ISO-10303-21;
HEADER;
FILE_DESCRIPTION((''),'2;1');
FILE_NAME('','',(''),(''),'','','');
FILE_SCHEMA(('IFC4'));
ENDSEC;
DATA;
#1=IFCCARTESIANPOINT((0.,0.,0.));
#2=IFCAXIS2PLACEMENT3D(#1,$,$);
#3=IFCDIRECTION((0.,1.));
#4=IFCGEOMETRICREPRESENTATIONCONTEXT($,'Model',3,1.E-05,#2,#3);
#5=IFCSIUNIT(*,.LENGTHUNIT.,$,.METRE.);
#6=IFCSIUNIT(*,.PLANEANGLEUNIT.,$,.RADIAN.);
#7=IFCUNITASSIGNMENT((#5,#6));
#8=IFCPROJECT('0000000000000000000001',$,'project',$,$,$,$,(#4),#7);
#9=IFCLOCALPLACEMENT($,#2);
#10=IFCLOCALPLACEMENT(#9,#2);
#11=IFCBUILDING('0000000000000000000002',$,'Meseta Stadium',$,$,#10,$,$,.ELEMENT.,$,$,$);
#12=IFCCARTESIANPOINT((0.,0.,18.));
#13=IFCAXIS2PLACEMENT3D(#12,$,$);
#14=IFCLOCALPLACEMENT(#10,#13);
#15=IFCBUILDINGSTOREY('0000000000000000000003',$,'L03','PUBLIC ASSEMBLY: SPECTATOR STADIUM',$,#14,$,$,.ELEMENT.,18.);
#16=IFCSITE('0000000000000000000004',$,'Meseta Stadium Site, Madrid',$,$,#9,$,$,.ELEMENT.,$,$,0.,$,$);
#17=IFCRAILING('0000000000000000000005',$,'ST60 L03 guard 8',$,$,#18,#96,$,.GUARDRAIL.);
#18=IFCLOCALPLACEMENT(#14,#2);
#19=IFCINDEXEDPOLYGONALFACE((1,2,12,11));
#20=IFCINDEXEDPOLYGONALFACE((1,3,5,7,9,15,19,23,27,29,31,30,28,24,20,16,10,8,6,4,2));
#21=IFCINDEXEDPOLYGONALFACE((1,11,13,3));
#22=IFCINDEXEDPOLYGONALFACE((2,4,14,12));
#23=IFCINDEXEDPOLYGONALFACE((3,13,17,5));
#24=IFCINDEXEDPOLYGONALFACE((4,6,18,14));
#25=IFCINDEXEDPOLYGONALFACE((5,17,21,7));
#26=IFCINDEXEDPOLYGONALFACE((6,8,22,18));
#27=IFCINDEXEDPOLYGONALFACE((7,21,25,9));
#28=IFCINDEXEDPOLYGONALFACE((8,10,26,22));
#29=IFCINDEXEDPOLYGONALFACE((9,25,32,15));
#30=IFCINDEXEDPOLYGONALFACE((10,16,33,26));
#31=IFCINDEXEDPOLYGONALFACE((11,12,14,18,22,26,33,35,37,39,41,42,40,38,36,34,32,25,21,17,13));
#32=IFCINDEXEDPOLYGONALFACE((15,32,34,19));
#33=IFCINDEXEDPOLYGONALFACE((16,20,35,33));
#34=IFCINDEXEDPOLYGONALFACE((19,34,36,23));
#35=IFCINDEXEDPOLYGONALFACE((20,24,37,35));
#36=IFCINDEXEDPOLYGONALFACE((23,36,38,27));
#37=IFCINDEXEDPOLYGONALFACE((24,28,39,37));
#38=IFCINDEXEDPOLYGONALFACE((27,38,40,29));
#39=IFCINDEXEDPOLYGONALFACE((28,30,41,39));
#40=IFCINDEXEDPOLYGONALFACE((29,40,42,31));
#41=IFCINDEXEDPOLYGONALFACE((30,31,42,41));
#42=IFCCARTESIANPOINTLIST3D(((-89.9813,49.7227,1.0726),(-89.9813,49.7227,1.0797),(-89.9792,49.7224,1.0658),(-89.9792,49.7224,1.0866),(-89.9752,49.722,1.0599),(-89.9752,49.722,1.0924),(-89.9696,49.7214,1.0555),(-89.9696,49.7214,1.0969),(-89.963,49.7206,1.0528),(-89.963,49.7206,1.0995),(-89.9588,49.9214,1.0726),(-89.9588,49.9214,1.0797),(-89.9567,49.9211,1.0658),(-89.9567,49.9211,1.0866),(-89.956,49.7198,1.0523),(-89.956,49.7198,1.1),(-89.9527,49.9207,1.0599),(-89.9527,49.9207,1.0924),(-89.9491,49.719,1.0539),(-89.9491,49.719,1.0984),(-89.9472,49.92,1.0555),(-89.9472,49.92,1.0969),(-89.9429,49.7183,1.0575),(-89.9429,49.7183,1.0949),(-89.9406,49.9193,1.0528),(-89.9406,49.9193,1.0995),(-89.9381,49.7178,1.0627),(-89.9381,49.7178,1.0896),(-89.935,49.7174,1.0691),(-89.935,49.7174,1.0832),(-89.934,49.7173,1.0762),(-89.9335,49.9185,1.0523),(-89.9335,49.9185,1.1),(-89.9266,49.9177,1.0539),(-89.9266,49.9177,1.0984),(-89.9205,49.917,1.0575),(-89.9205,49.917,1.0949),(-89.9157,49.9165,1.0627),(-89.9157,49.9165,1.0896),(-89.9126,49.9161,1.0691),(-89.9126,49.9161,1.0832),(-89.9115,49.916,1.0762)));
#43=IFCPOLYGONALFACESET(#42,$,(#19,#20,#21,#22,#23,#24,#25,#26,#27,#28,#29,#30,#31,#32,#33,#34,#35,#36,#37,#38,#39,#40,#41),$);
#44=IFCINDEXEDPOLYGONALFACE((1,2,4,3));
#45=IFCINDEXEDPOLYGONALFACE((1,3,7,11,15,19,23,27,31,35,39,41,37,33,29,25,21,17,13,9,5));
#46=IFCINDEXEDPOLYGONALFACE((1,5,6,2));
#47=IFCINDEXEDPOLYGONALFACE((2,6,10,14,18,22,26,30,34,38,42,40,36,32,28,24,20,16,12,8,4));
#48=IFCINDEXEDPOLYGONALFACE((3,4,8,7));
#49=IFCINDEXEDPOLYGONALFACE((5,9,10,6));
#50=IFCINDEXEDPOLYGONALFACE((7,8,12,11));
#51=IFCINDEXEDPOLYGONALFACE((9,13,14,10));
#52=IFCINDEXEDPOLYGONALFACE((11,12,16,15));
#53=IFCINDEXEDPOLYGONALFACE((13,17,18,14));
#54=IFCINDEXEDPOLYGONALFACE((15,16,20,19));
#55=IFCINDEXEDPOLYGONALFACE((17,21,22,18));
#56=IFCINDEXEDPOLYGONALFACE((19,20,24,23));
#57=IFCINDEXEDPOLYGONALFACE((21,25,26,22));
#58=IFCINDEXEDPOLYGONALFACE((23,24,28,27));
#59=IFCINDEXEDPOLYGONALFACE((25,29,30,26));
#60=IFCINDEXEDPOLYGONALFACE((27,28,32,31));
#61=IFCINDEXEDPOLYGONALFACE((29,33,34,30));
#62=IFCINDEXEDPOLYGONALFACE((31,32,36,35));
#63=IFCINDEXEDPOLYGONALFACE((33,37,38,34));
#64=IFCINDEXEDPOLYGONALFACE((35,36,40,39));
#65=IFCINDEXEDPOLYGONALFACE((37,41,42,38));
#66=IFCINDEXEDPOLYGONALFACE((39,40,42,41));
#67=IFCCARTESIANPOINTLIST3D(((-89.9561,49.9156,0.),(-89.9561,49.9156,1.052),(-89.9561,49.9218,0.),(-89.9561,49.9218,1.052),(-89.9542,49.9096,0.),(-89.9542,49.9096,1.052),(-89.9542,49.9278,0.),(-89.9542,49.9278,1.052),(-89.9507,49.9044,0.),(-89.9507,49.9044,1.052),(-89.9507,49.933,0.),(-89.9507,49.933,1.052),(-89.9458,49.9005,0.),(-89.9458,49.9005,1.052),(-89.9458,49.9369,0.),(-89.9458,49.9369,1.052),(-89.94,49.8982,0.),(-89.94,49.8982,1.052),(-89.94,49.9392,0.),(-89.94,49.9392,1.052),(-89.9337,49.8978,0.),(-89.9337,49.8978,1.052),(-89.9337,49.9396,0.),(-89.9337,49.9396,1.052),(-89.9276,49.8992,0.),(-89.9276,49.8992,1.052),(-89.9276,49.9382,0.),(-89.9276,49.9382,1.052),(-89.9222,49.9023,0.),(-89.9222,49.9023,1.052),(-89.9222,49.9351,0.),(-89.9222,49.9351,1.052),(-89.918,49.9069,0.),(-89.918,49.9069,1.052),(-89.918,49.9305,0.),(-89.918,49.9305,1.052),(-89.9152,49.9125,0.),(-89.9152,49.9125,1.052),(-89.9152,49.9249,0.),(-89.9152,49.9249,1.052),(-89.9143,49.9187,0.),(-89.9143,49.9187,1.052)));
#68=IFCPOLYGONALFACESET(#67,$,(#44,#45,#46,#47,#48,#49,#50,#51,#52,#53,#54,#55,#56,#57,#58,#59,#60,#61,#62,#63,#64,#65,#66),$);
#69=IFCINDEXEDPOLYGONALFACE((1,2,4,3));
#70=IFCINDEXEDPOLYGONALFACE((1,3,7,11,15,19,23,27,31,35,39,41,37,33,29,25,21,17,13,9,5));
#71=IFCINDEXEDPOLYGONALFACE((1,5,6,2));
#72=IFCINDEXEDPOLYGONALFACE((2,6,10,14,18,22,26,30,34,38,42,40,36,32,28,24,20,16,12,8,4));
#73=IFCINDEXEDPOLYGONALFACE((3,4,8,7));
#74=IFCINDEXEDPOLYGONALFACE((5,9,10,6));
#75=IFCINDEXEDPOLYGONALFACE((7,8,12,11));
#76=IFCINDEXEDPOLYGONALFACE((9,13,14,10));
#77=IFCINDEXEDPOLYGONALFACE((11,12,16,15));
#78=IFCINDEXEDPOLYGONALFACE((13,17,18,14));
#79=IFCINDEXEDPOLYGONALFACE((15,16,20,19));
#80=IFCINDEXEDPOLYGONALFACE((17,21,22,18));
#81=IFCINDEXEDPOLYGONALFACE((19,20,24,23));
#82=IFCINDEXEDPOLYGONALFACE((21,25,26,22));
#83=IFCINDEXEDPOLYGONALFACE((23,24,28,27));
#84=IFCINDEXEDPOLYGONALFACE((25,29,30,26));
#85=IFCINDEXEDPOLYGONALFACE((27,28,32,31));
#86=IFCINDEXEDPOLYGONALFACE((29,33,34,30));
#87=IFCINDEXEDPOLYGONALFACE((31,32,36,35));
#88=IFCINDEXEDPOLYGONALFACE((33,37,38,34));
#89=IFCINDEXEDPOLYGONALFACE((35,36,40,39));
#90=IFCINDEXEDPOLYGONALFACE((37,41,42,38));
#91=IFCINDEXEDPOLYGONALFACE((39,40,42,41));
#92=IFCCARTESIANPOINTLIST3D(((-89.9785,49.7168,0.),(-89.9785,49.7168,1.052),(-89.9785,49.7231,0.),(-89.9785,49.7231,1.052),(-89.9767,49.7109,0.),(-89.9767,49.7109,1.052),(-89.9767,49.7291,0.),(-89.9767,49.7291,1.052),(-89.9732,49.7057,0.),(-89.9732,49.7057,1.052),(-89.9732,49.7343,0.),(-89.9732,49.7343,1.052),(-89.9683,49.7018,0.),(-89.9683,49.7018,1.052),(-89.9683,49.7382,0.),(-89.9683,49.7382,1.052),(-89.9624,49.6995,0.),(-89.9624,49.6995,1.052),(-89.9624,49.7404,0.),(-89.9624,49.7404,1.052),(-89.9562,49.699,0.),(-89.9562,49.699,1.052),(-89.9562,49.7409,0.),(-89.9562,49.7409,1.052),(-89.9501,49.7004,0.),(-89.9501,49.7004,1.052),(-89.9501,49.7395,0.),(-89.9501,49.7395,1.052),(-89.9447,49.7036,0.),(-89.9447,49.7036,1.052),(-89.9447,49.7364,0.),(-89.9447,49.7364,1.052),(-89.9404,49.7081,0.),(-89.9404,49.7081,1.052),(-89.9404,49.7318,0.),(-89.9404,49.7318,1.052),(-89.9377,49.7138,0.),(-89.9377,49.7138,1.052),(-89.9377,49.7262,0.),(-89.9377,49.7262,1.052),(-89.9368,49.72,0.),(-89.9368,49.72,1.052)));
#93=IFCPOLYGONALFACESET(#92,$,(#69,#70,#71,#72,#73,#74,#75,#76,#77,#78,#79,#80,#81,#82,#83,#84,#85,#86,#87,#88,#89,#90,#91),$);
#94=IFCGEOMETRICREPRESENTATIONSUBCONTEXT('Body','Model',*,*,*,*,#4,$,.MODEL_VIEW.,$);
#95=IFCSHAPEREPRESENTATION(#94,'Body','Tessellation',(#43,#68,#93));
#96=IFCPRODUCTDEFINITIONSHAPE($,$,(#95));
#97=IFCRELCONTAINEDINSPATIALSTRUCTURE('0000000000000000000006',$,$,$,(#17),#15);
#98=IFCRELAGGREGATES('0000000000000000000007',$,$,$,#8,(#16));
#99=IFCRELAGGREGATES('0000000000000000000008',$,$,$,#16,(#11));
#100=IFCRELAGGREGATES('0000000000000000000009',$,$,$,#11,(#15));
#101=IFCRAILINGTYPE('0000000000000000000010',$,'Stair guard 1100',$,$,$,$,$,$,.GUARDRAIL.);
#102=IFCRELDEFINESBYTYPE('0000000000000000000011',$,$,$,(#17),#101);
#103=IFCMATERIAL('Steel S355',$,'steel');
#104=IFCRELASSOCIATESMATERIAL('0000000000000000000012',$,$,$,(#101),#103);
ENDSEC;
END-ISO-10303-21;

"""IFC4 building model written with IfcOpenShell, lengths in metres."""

from ifc_helpers import new_model, si_unit, direction, frame, origin, origin_2d, place, context, subcontext, project, spatial, circle, extrude, material, type_object, element, save


model = new_model("IFC4")

# Units and contexts
model_context = context("Model", 3, precision=1e-05, world=origin(), true_north=direction((0.0, 1.0)))
body_context = subcontext(model_context, "Body", "Model", "MODEL_VIEW")
ifc_project = project(units=[si_unit("LENGTHUNIT", "METRE"), si_unit("PLANEANGLEUNIT", "RADIAN")], contexts=[model_context])

# Site, building, storey
site_placement = place(None, origin())
site = spatial("IfcSite", under=ifc_project, at=site_placement, Name="Meseta Stadium Site, Madrid", CompositionType="ELEMENT", RefElevation=0.0)
building_placement = place(site_placement, origin())
building = spatial("IfcBuilding", under=site, at=building_placement, Name="Meseta Stadium", CompositionType="ELEMENT")
storey_placement = place(building_placement, frame((0.0, 0.0, 18.0)))
storey = spatial("IfcBuildingStorey", under=building, at=storey_placement, Name="L03", Description="PUBLIC ASSEMBLY: SPECTATOR STADIUM", CompositionType="ELEMENT", Elevation=18.0)

# Railing
ifc_material_1 = material(Name="Steel S355", Category="steel")
railing_type_1 = type_object("IfcRailingType", Name="Stair guard 1100", PredefinedType="GUARDRAIL", material=ifc_material_1)
railing_1_placement = place(storey_placement, frame((-89.9353, 49.9187, 0.0)))
element("IfcRailing", 1, at=railing_1_placement, inside=storey, type_object=railing_type_1, Name="ST60 L03 guard 8", PredefinedType="GUARDRAIL", context=body_context, shape_type="SweptSolid", body=[
    extrude(circle(Radius=0.0239, at=origin_2d()), frame((0.0, 0.0, 1.0762), z_axis=(-0.112307, -0.993674, 0.0), x_axis=(0.993674, -0.112307, 0.0)), (0.0, 0.0, 1.0), 0.2),
    extrude(circle(Radius=0.021, at=origin_2d()), origin(), (0.0, 0.0, 1.0), 1.052),
    extrude(circle(Radius=0.021, at=origin_2d()), frame((-0.0225, -0.1987, 0.0)), (0.0, 0.0, 1.0), 1.052),
])

save(model, "model.ifc")
